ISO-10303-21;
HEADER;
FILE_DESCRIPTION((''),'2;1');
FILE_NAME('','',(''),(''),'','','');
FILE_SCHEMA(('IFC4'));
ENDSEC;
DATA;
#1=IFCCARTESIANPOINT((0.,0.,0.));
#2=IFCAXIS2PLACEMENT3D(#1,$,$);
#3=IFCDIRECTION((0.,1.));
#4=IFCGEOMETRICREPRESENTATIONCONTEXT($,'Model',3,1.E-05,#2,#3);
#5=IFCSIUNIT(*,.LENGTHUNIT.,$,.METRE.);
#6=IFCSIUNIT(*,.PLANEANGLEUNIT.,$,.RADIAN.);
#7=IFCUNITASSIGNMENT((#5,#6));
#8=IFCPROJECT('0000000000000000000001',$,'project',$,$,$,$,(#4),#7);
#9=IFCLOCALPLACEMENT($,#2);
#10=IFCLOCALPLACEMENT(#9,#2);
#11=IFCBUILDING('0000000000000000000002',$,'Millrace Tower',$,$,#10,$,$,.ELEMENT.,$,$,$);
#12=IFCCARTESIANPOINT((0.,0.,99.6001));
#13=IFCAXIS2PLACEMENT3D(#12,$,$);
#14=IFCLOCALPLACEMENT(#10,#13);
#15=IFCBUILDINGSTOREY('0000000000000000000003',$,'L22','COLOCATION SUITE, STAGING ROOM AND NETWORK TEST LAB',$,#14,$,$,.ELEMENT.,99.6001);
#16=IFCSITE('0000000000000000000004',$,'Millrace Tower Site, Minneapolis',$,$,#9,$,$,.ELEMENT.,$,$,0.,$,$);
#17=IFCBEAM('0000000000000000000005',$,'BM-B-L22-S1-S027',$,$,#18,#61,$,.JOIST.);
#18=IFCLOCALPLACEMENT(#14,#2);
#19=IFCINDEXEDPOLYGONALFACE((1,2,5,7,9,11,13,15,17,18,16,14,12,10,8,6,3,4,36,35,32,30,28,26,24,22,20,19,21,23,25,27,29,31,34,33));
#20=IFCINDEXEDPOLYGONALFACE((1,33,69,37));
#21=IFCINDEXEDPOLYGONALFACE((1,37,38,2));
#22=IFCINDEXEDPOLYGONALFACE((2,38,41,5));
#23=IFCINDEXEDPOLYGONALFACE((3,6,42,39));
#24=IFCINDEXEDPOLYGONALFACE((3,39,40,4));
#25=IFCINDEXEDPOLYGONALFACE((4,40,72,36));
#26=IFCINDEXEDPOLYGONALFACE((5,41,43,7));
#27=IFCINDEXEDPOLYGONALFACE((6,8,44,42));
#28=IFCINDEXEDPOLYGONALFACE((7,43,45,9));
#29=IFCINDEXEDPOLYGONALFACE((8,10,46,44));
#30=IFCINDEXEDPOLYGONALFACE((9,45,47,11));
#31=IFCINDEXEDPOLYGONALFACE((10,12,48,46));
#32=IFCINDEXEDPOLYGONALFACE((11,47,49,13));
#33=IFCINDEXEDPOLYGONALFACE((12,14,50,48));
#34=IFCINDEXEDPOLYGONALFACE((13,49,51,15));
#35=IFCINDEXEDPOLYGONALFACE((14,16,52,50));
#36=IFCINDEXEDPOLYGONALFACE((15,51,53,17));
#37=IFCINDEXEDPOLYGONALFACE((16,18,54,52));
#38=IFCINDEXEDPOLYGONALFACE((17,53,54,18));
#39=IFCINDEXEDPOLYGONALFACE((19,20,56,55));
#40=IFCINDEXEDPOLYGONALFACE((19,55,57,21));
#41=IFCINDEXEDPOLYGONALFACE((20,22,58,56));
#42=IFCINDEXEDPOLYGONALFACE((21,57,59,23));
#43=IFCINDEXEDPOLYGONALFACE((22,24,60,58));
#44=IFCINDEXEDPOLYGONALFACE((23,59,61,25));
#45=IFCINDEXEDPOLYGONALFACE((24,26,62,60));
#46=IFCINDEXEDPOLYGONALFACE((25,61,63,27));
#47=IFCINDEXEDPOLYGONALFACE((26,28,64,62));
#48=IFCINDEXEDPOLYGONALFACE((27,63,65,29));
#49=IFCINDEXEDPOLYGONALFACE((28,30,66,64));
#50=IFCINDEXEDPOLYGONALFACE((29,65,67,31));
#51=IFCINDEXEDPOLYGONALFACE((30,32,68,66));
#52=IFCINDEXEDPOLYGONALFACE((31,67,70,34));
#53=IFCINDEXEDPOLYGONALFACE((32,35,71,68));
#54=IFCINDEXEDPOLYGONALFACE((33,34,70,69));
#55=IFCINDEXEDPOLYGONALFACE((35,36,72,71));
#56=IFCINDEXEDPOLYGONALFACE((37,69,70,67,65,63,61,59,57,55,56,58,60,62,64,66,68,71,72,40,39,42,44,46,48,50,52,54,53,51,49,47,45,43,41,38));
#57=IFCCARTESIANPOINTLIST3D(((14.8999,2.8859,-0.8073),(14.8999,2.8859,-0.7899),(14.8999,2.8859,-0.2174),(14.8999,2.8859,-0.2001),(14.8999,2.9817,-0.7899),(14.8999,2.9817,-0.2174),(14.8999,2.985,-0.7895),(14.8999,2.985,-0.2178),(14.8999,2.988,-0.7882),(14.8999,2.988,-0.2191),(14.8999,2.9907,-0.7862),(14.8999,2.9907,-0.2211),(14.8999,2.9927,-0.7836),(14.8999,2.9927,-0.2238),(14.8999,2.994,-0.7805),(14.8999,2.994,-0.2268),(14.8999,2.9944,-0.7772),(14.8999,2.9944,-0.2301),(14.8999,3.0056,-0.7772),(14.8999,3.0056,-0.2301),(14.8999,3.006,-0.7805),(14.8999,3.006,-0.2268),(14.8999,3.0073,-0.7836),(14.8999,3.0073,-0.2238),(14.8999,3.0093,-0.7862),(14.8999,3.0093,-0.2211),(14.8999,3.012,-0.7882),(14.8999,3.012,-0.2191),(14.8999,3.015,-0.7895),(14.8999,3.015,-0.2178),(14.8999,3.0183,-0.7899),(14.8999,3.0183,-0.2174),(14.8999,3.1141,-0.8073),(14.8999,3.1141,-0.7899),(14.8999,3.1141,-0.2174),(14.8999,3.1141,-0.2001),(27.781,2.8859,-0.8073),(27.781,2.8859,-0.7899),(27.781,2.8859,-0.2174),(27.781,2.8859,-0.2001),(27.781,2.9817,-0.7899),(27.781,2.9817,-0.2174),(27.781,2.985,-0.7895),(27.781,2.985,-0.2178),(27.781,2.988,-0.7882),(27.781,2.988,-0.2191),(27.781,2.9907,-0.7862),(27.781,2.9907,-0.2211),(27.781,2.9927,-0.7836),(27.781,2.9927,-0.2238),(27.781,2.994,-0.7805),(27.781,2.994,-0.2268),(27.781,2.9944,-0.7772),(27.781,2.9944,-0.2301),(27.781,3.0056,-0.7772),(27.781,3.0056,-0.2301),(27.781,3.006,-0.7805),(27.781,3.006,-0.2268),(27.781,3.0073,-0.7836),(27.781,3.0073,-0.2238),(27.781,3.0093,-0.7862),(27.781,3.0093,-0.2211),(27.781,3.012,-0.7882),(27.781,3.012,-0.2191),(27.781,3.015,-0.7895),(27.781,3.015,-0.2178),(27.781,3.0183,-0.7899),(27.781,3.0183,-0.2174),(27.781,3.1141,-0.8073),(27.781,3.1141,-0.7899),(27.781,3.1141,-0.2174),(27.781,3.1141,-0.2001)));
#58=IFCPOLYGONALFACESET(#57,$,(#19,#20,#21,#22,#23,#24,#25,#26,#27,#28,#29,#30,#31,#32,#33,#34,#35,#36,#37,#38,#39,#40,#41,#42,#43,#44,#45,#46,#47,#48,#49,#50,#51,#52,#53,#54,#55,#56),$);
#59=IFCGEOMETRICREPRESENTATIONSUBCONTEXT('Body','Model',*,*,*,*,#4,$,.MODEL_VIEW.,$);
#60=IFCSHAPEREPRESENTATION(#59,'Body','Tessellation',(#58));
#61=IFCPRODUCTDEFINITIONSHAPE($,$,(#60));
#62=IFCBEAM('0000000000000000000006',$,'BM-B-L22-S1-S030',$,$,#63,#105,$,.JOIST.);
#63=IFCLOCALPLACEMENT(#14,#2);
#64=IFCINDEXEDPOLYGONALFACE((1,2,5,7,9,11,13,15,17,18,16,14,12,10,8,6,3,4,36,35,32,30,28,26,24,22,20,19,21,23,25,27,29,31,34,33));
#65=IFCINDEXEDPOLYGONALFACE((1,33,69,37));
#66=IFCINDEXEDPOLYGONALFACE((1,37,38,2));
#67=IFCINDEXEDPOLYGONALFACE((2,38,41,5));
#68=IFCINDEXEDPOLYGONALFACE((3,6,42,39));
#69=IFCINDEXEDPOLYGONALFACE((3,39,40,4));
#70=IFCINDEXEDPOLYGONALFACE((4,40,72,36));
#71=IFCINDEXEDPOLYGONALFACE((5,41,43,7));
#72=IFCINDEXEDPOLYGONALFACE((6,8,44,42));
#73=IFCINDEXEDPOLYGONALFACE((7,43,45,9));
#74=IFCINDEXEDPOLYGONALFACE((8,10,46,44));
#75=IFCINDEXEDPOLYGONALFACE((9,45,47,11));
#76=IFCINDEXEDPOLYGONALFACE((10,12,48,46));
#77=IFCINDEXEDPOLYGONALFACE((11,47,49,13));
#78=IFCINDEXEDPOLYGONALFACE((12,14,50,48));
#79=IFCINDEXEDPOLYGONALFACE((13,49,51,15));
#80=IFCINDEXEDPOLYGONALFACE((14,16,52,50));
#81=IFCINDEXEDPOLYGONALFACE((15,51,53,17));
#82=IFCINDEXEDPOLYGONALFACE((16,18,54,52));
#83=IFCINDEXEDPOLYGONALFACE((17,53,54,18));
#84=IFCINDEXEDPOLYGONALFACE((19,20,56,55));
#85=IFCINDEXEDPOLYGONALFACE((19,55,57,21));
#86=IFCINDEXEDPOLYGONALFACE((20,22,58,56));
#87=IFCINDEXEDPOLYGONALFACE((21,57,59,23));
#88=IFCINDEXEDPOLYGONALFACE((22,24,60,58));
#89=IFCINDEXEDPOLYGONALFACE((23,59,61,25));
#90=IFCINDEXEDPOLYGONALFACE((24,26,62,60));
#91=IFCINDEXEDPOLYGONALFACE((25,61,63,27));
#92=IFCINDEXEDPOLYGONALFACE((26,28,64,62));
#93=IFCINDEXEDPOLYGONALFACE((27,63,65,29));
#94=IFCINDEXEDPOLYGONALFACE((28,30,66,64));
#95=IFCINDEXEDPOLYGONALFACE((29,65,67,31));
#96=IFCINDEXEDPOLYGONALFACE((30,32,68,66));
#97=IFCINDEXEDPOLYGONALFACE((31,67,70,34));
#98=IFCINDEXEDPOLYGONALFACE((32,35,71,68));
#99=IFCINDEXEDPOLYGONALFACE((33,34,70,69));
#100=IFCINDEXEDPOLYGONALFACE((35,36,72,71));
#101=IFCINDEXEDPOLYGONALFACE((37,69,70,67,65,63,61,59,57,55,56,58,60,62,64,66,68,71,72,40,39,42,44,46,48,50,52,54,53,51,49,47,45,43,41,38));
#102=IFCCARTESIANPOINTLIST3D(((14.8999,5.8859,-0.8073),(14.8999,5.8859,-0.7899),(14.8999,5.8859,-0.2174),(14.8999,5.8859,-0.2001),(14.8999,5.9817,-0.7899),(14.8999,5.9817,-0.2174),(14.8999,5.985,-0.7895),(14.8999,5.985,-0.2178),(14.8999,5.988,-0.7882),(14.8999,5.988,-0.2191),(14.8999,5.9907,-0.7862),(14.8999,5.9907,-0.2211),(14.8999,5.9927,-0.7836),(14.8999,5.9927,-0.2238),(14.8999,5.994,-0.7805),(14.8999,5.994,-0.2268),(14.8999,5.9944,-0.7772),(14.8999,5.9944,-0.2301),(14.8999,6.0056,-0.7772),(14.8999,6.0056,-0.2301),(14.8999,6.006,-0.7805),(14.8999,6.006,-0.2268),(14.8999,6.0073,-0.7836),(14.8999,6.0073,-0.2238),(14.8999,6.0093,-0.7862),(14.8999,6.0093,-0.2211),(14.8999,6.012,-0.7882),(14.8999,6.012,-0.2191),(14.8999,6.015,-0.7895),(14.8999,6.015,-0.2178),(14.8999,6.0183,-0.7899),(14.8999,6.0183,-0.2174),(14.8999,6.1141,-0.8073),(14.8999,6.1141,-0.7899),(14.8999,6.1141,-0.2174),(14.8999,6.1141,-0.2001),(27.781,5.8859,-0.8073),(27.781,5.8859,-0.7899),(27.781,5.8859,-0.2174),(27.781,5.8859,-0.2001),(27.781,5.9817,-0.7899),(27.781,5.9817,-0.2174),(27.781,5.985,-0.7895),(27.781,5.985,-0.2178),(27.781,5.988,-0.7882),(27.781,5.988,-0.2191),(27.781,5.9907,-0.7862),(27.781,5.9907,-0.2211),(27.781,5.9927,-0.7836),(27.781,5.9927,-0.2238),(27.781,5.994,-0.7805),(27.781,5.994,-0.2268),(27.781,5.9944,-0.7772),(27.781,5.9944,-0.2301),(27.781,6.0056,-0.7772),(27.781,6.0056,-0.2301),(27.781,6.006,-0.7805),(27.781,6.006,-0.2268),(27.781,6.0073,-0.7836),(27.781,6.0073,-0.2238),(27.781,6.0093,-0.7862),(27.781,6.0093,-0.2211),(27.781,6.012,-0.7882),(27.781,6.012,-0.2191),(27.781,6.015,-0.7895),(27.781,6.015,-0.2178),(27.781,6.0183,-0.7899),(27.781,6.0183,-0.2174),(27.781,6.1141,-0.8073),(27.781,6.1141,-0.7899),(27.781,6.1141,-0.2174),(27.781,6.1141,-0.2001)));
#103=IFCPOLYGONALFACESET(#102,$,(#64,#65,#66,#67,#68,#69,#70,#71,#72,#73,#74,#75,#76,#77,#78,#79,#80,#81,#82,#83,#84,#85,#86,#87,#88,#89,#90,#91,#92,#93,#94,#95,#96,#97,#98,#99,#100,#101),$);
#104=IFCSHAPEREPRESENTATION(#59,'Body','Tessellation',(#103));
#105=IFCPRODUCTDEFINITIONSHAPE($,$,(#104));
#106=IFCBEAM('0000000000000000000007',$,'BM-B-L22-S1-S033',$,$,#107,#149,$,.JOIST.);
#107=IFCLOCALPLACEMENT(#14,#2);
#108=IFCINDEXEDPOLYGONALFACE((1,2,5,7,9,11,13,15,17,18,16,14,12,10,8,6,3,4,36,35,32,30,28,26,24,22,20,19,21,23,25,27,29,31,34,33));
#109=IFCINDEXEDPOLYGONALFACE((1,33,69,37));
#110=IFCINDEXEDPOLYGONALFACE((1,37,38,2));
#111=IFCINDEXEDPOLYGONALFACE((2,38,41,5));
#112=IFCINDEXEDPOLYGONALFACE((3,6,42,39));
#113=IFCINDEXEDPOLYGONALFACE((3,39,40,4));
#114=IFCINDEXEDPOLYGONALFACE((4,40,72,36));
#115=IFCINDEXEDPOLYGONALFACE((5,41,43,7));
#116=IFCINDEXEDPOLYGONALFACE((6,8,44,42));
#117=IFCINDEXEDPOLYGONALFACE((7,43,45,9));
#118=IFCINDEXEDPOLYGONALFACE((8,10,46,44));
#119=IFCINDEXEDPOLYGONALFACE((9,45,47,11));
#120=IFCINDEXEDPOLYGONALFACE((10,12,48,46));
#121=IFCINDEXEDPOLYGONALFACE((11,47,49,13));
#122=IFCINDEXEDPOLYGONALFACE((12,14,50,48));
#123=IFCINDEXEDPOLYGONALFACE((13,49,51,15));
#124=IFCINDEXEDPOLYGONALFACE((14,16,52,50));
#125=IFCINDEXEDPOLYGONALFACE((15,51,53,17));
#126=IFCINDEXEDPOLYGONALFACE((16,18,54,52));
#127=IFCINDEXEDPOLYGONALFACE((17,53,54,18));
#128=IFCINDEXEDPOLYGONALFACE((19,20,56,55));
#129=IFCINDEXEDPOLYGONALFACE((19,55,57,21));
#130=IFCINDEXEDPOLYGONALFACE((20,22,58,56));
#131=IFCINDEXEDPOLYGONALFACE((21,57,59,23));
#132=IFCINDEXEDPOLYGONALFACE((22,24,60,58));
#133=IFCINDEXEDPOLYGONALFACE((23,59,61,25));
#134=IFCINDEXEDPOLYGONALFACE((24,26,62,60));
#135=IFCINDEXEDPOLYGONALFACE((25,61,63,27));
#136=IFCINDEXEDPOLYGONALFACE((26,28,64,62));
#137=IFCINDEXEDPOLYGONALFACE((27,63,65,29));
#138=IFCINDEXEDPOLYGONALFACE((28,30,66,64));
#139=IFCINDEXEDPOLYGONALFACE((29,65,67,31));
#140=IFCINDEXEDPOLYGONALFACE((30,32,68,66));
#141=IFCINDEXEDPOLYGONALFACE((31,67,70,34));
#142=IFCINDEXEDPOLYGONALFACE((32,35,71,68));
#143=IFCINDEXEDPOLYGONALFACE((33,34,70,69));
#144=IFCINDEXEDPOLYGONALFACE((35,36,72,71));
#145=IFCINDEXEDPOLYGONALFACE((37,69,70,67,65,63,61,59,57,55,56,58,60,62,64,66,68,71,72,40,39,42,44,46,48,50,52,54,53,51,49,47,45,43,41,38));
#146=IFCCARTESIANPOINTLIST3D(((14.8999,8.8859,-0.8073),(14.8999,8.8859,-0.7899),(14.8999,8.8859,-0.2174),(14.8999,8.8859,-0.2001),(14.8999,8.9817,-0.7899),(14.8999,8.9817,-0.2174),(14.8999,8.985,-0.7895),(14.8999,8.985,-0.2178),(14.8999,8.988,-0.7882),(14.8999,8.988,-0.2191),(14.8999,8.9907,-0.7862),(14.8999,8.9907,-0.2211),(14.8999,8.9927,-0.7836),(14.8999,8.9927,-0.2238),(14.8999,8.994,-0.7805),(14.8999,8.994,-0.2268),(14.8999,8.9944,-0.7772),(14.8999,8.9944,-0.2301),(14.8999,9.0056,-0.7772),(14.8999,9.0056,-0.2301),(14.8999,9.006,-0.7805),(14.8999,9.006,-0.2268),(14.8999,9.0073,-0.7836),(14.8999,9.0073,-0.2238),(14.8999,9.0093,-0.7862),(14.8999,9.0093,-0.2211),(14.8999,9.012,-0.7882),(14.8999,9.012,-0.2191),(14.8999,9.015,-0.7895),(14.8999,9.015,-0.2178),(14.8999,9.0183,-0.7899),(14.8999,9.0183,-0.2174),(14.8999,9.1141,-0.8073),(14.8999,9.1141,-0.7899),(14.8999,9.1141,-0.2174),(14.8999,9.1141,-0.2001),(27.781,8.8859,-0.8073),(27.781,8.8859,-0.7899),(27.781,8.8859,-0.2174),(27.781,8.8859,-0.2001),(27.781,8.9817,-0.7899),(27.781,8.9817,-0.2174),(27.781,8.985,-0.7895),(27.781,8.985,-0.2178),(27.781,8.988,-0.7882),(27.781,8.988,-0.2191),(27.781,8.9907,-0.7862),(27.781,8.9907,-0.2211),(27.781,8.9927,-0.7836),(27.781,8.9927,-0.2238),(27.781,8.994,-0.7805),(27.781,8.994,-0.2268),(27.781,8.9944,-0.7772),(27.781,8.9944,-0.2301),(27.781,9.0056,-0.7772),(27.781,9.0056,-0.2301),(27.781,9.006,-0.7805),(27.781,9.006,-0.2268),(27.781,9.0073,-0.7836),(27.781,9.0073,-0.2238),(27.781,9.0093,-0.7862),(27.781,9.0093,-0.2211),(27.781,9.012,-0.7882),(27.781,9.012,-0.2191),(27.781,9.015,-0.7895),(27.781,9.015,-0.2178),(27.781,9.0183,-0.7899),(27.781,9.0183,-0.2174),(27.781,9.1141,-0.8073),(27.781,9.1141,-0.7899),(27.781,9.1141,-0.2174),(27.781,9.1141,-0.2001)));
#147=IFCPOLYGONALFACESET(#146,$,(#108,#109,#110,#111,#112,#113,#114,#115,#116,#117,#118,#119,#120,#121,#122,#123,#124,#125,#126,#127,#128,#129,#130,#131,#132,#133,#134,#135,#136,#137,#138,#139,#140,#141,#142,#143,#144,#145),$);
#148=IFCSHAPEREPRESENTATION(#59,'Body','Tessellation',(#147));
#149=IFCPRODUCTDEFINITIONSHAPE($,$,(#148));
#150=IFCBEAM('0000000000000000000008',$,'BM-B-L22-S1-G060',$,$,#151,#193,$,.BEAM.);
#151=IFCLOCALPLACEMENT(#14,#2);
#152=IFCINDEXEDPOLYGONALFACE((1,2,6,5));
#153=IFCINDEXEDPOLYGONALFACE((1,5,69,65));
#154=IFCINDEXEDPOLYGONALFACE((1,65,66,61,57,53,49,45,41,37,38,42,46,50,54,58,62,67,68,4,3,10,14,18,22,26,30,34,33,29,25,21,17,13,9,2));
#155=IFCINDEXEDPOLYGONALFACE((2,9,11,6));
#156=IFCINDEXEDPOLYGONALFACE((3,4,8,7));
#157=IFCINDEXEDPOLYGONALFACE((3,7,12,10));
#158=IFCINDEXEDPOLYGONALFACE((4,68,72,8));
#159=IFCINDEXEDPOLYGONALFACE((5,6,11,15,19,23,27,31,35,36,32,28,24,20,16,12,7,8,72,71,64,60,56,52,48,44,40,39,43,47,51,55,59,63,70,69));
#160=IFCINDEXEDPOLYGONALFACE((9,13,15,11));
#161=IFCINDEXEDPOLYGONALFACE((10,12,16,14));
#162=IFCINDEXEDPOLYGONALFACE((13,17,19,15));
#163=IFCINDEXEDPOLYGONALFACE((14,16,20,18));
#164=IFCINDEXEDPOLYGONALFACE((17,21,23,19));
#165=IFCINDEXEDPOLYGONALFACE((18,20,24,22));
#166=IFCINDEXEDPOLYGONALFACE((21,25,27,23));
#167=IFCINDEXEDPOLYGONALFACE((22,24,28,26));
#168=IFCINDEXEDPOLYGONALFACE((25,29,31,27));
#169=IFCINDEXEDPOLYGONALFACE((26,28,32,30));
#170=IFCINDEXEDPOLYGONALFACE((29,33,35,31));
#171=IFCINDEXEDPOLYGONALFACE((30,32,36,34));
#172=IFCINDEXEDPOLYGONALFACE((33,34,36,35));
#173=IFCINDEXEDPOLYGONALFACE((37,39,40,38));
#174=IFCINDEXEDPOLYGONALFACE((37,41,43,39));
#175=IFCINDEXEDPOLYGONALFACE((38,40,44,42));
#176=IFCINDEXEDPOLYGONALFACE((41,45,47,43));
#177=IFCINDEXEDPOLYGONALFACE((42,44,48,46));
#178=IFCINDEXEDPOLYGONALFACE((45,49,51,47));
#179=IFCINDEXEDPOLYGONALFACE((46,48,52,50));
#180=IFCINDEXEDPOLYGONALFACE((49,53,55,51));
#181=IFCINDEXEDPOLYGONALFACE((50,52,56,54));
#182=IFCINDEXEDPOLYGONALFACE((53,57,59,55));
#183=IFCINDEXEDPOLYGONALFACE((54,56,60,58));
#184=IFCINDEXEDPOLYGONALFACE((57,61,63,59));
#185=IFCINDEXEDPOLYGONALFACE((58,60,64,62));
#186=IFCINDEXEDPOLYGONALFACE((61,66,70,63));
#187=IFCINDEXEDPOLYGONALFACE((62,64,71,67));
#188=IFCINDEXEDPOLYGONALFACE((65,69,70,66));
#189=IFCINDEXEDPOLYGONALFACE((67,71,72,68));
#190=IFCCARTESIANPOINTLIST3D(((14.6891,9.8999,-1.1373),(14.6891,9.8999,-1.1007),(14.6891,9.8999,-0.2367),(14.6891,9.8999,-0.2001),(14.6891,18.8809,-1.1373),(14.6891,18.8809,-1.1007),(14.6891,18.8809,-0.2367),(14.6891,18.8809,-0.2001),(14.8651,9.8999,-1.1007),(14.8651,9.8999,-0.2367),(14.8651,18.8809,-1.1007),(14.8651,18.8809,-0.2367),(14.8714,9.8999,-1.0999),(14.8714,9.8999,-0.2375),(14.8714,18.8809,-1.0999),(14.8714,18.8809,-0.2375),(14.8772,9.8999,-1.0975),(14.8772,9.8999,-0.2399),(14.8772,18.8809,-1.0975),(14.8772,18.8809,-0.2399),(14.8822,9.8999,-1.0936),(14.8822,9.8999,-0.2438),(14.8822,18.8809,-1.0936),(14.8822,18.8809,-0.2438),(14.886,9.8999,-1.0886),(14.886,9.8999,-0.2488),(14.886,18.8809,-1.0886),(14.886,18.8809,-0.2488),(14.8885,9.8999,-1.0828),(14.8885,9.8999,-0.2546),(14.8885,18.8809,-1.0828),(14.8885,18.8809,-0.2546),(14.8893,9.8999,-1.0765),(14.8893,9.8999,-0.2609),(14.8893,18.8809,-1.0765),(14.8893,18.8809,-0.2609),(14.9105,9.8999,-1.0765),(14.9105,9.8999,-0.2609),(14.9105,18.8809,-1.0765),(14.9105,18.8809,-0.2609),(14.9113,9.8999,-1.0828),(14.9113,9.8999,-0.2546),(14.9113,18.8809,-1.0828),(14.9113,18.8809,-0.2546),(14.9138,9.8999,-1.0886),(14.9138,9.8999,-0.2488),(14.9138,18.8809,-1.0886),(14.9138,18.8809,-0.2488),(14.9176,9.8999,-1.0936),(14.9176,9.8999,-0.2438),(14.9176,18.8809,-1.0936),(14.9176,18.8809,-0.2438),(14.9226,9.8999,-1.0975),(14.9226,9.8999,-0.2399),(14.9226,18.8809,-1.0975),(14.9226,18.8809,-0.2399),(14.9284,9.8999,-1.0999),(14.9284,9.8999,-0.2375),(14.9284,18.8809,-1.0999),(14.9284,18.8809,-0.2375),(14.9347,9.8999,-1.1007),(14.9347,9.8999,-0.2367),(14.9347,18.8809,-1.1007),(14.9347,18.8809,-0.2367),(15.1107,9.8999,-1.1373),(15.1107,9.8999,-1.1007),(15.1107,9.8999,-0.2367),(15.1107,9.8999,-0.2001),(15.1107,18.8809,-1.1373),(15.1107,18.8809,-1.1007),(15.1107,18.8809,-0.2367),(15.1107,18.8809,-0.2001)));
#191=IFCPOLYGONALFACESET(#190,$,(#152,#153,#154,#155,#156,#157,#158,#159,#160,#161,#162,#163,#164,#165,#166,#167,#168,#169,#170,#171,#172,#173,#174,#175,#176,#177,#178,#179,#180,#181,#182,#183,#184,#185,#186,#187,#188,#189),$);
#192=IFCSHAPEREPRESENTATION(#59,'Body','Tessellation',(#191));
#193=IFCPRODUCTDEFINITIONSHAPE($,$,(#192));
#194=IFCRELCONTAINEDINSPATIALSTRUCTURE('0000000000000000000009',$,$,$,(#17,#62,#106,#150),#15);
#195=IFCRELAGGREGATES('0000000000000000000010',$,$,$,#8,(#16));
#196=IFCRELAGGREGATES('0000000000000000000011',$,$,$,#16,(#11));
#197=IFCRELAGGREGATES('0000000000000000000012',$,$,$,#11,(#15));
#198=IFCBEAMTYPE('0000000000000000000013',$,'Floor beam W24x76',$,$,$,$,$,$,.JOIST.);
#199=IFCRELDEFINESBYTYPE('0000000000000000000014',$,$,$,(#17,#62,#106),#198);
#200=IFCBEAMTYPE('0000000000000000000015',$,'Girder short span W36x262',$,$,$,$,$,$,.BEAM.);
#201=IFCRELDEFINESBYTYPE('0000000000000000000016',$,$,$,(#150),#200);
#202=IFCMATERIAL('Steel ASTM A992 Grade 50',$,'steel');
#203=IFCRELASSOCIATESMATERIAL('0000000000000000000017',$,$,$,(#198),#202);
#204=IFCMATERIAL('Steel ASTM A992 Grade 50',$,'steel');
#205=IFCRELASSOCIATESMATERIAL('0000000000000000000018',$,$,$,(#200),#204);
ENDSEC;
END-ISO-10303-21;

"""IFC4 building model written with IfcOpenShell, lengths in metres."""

from ifc_helpers import new_model, si_unit, direction, frame, origin, origin_2d, place, context, subcontext, project, spatial, i_section, extrude, material, material_profile, profile_set, type_object, element, save


model = new_model("IFC4")

# Units and contexts
model_context = context("Model", 3, precision=1e-05, world=origin(), true_north=direction((0.0, 1.0)))
body_context = subcontext(model_context, "Body", "Model", "MODEL_VIEW")
ifc_project = project(units=[si_unit("LENGTHUNIT", "METRE"), si_unit("PLANEANGLEUNIT", "RADIAN")], contexts=[model_context])

# Site, building, storey
site_placement = place(None, origin())
site = spatial("IfcSite", under=ifc_project, at=site_placement, Name="Millrace Tower Site, Minneapolis", CompositionType="ELEMENT", RefElevation=0.0)
building_placement = place(site_placement, origin())
building = spatial("IfcBuilding", under=site, at=building_placement, Name="Millrace Tower", CompositionType="ELEMENT")
storey_placement = place(building_placement, frame((0.0, 0.0, 99.6001)))
storey = spatial("IfcBuildingStorey", under=building, at=storey_placement, Name="L22", Description="COLOCATION SUITE, STAGING ROOM AND NETWORK TEST LAB", CompositionType="ELEMENT", Elevation=99.6001)

# Beams
ifc_material_1 = material(Name="Steel ASTM A992 Grade 50", Category="steel")
ifc_material_profile_1 = material_profile(ifc_material_1, i_section(OverallWidth=0.2283, OverallDepth=0.6072, WebThickness=0.0112, FlangeThickness=0.0173, FilletRadius=0.0127, at=origin_2d()))
ifc_profile_set_1 = profile_set([ifc_material_profile_1], Name="Steel ASTM A992 Grade 50")
beam_type_1 = type_object("IfcBeamType", Name="Floor beam W24x76", PredefinedType="JOIST", material=ifc_profile_set_1)
for number, where, z_axis, x_axis, name in (
    (1, (14.8999, 3.0, -0.5037), (1.0, 0.0, 0.0), (0.0, 1.0, 0.0), "BM-B-L22-S1-S027"),
    (2, (14.8999, 6.0, -0.5037), (1.0, 0.0, 0.0), (0.0, 1.0, 0.0), "BM-B-L22-S1-S030"),
    (3, (14.8999, 9.0, -0.5037), (1.0, 0.0, 0.0), (0.0, 1.0, 0.0), "BM-B-L22-S1-S033"),
):
    element("IfcBeam", number, at=place(storey_placement, frame(where, z_axis=z_axis, x_axis=x_axis)), inside=storey, type_object=beam_type_1, Name=name, PredefinedType="JOIST", context=body_context, shape_type="SweptSolid", body=[
        extrude(i_section(OverallWidth=0.2283, OverallDepth=0.6072, WebThickness=0.0112, FlangeThickness=0.0173, FilletRadius=0.0127, at=origin_2d()), origin(), (0.0, 0.0, 1.0), 12.8811),
    ])
ifc_material_2 = material(Name="Steel ASTM A992 Grade 50", Category="steel")
ifc_material_profile_2 = material_profile(ifc_material_2, i_section(OverallWidth=0.4216, OverallDepth=0.9373, WebThickness=0.0212, FlangeThickness=0.0366, FilletRadius=0.0242, at=origin_2d()))
ifc_profile_set_2 = profile_set([ifc_material_profile_2], Name="Steel ASTM A992 Grade 50")
beam_type_2 = type_object("IfcBeamType", Name="Girder short span W36x262", PredefinedType="BEAM", material=ifc_profile_set_2)
beam_1_placement = place(storey_placement, frame((14.8999, 9.8999, -0.6687), z_axis=(0.0, 1.0, 0.0), x_axis=(-1.0, 0.0, 0.0)))
element("IfcBeam", 4, at=beam_1_placement, inside=storey, type_object=beam_type_2, Name="BM-B-L22-S1-G060", PredefinedType="BEAM", context=body_context, shape_type="SweptSolid", body=[
    extrude(i_section(OverallWidth=0.4216, OverallDepth=0.9373, WebThickness=0.0212, FlangeThickness=0.0366, FilletRadius=0.0242, at=origin_2d()), origin(), (0.0, 0.0, 1.0), 8.981),
])

save(model, "model.ifc")
